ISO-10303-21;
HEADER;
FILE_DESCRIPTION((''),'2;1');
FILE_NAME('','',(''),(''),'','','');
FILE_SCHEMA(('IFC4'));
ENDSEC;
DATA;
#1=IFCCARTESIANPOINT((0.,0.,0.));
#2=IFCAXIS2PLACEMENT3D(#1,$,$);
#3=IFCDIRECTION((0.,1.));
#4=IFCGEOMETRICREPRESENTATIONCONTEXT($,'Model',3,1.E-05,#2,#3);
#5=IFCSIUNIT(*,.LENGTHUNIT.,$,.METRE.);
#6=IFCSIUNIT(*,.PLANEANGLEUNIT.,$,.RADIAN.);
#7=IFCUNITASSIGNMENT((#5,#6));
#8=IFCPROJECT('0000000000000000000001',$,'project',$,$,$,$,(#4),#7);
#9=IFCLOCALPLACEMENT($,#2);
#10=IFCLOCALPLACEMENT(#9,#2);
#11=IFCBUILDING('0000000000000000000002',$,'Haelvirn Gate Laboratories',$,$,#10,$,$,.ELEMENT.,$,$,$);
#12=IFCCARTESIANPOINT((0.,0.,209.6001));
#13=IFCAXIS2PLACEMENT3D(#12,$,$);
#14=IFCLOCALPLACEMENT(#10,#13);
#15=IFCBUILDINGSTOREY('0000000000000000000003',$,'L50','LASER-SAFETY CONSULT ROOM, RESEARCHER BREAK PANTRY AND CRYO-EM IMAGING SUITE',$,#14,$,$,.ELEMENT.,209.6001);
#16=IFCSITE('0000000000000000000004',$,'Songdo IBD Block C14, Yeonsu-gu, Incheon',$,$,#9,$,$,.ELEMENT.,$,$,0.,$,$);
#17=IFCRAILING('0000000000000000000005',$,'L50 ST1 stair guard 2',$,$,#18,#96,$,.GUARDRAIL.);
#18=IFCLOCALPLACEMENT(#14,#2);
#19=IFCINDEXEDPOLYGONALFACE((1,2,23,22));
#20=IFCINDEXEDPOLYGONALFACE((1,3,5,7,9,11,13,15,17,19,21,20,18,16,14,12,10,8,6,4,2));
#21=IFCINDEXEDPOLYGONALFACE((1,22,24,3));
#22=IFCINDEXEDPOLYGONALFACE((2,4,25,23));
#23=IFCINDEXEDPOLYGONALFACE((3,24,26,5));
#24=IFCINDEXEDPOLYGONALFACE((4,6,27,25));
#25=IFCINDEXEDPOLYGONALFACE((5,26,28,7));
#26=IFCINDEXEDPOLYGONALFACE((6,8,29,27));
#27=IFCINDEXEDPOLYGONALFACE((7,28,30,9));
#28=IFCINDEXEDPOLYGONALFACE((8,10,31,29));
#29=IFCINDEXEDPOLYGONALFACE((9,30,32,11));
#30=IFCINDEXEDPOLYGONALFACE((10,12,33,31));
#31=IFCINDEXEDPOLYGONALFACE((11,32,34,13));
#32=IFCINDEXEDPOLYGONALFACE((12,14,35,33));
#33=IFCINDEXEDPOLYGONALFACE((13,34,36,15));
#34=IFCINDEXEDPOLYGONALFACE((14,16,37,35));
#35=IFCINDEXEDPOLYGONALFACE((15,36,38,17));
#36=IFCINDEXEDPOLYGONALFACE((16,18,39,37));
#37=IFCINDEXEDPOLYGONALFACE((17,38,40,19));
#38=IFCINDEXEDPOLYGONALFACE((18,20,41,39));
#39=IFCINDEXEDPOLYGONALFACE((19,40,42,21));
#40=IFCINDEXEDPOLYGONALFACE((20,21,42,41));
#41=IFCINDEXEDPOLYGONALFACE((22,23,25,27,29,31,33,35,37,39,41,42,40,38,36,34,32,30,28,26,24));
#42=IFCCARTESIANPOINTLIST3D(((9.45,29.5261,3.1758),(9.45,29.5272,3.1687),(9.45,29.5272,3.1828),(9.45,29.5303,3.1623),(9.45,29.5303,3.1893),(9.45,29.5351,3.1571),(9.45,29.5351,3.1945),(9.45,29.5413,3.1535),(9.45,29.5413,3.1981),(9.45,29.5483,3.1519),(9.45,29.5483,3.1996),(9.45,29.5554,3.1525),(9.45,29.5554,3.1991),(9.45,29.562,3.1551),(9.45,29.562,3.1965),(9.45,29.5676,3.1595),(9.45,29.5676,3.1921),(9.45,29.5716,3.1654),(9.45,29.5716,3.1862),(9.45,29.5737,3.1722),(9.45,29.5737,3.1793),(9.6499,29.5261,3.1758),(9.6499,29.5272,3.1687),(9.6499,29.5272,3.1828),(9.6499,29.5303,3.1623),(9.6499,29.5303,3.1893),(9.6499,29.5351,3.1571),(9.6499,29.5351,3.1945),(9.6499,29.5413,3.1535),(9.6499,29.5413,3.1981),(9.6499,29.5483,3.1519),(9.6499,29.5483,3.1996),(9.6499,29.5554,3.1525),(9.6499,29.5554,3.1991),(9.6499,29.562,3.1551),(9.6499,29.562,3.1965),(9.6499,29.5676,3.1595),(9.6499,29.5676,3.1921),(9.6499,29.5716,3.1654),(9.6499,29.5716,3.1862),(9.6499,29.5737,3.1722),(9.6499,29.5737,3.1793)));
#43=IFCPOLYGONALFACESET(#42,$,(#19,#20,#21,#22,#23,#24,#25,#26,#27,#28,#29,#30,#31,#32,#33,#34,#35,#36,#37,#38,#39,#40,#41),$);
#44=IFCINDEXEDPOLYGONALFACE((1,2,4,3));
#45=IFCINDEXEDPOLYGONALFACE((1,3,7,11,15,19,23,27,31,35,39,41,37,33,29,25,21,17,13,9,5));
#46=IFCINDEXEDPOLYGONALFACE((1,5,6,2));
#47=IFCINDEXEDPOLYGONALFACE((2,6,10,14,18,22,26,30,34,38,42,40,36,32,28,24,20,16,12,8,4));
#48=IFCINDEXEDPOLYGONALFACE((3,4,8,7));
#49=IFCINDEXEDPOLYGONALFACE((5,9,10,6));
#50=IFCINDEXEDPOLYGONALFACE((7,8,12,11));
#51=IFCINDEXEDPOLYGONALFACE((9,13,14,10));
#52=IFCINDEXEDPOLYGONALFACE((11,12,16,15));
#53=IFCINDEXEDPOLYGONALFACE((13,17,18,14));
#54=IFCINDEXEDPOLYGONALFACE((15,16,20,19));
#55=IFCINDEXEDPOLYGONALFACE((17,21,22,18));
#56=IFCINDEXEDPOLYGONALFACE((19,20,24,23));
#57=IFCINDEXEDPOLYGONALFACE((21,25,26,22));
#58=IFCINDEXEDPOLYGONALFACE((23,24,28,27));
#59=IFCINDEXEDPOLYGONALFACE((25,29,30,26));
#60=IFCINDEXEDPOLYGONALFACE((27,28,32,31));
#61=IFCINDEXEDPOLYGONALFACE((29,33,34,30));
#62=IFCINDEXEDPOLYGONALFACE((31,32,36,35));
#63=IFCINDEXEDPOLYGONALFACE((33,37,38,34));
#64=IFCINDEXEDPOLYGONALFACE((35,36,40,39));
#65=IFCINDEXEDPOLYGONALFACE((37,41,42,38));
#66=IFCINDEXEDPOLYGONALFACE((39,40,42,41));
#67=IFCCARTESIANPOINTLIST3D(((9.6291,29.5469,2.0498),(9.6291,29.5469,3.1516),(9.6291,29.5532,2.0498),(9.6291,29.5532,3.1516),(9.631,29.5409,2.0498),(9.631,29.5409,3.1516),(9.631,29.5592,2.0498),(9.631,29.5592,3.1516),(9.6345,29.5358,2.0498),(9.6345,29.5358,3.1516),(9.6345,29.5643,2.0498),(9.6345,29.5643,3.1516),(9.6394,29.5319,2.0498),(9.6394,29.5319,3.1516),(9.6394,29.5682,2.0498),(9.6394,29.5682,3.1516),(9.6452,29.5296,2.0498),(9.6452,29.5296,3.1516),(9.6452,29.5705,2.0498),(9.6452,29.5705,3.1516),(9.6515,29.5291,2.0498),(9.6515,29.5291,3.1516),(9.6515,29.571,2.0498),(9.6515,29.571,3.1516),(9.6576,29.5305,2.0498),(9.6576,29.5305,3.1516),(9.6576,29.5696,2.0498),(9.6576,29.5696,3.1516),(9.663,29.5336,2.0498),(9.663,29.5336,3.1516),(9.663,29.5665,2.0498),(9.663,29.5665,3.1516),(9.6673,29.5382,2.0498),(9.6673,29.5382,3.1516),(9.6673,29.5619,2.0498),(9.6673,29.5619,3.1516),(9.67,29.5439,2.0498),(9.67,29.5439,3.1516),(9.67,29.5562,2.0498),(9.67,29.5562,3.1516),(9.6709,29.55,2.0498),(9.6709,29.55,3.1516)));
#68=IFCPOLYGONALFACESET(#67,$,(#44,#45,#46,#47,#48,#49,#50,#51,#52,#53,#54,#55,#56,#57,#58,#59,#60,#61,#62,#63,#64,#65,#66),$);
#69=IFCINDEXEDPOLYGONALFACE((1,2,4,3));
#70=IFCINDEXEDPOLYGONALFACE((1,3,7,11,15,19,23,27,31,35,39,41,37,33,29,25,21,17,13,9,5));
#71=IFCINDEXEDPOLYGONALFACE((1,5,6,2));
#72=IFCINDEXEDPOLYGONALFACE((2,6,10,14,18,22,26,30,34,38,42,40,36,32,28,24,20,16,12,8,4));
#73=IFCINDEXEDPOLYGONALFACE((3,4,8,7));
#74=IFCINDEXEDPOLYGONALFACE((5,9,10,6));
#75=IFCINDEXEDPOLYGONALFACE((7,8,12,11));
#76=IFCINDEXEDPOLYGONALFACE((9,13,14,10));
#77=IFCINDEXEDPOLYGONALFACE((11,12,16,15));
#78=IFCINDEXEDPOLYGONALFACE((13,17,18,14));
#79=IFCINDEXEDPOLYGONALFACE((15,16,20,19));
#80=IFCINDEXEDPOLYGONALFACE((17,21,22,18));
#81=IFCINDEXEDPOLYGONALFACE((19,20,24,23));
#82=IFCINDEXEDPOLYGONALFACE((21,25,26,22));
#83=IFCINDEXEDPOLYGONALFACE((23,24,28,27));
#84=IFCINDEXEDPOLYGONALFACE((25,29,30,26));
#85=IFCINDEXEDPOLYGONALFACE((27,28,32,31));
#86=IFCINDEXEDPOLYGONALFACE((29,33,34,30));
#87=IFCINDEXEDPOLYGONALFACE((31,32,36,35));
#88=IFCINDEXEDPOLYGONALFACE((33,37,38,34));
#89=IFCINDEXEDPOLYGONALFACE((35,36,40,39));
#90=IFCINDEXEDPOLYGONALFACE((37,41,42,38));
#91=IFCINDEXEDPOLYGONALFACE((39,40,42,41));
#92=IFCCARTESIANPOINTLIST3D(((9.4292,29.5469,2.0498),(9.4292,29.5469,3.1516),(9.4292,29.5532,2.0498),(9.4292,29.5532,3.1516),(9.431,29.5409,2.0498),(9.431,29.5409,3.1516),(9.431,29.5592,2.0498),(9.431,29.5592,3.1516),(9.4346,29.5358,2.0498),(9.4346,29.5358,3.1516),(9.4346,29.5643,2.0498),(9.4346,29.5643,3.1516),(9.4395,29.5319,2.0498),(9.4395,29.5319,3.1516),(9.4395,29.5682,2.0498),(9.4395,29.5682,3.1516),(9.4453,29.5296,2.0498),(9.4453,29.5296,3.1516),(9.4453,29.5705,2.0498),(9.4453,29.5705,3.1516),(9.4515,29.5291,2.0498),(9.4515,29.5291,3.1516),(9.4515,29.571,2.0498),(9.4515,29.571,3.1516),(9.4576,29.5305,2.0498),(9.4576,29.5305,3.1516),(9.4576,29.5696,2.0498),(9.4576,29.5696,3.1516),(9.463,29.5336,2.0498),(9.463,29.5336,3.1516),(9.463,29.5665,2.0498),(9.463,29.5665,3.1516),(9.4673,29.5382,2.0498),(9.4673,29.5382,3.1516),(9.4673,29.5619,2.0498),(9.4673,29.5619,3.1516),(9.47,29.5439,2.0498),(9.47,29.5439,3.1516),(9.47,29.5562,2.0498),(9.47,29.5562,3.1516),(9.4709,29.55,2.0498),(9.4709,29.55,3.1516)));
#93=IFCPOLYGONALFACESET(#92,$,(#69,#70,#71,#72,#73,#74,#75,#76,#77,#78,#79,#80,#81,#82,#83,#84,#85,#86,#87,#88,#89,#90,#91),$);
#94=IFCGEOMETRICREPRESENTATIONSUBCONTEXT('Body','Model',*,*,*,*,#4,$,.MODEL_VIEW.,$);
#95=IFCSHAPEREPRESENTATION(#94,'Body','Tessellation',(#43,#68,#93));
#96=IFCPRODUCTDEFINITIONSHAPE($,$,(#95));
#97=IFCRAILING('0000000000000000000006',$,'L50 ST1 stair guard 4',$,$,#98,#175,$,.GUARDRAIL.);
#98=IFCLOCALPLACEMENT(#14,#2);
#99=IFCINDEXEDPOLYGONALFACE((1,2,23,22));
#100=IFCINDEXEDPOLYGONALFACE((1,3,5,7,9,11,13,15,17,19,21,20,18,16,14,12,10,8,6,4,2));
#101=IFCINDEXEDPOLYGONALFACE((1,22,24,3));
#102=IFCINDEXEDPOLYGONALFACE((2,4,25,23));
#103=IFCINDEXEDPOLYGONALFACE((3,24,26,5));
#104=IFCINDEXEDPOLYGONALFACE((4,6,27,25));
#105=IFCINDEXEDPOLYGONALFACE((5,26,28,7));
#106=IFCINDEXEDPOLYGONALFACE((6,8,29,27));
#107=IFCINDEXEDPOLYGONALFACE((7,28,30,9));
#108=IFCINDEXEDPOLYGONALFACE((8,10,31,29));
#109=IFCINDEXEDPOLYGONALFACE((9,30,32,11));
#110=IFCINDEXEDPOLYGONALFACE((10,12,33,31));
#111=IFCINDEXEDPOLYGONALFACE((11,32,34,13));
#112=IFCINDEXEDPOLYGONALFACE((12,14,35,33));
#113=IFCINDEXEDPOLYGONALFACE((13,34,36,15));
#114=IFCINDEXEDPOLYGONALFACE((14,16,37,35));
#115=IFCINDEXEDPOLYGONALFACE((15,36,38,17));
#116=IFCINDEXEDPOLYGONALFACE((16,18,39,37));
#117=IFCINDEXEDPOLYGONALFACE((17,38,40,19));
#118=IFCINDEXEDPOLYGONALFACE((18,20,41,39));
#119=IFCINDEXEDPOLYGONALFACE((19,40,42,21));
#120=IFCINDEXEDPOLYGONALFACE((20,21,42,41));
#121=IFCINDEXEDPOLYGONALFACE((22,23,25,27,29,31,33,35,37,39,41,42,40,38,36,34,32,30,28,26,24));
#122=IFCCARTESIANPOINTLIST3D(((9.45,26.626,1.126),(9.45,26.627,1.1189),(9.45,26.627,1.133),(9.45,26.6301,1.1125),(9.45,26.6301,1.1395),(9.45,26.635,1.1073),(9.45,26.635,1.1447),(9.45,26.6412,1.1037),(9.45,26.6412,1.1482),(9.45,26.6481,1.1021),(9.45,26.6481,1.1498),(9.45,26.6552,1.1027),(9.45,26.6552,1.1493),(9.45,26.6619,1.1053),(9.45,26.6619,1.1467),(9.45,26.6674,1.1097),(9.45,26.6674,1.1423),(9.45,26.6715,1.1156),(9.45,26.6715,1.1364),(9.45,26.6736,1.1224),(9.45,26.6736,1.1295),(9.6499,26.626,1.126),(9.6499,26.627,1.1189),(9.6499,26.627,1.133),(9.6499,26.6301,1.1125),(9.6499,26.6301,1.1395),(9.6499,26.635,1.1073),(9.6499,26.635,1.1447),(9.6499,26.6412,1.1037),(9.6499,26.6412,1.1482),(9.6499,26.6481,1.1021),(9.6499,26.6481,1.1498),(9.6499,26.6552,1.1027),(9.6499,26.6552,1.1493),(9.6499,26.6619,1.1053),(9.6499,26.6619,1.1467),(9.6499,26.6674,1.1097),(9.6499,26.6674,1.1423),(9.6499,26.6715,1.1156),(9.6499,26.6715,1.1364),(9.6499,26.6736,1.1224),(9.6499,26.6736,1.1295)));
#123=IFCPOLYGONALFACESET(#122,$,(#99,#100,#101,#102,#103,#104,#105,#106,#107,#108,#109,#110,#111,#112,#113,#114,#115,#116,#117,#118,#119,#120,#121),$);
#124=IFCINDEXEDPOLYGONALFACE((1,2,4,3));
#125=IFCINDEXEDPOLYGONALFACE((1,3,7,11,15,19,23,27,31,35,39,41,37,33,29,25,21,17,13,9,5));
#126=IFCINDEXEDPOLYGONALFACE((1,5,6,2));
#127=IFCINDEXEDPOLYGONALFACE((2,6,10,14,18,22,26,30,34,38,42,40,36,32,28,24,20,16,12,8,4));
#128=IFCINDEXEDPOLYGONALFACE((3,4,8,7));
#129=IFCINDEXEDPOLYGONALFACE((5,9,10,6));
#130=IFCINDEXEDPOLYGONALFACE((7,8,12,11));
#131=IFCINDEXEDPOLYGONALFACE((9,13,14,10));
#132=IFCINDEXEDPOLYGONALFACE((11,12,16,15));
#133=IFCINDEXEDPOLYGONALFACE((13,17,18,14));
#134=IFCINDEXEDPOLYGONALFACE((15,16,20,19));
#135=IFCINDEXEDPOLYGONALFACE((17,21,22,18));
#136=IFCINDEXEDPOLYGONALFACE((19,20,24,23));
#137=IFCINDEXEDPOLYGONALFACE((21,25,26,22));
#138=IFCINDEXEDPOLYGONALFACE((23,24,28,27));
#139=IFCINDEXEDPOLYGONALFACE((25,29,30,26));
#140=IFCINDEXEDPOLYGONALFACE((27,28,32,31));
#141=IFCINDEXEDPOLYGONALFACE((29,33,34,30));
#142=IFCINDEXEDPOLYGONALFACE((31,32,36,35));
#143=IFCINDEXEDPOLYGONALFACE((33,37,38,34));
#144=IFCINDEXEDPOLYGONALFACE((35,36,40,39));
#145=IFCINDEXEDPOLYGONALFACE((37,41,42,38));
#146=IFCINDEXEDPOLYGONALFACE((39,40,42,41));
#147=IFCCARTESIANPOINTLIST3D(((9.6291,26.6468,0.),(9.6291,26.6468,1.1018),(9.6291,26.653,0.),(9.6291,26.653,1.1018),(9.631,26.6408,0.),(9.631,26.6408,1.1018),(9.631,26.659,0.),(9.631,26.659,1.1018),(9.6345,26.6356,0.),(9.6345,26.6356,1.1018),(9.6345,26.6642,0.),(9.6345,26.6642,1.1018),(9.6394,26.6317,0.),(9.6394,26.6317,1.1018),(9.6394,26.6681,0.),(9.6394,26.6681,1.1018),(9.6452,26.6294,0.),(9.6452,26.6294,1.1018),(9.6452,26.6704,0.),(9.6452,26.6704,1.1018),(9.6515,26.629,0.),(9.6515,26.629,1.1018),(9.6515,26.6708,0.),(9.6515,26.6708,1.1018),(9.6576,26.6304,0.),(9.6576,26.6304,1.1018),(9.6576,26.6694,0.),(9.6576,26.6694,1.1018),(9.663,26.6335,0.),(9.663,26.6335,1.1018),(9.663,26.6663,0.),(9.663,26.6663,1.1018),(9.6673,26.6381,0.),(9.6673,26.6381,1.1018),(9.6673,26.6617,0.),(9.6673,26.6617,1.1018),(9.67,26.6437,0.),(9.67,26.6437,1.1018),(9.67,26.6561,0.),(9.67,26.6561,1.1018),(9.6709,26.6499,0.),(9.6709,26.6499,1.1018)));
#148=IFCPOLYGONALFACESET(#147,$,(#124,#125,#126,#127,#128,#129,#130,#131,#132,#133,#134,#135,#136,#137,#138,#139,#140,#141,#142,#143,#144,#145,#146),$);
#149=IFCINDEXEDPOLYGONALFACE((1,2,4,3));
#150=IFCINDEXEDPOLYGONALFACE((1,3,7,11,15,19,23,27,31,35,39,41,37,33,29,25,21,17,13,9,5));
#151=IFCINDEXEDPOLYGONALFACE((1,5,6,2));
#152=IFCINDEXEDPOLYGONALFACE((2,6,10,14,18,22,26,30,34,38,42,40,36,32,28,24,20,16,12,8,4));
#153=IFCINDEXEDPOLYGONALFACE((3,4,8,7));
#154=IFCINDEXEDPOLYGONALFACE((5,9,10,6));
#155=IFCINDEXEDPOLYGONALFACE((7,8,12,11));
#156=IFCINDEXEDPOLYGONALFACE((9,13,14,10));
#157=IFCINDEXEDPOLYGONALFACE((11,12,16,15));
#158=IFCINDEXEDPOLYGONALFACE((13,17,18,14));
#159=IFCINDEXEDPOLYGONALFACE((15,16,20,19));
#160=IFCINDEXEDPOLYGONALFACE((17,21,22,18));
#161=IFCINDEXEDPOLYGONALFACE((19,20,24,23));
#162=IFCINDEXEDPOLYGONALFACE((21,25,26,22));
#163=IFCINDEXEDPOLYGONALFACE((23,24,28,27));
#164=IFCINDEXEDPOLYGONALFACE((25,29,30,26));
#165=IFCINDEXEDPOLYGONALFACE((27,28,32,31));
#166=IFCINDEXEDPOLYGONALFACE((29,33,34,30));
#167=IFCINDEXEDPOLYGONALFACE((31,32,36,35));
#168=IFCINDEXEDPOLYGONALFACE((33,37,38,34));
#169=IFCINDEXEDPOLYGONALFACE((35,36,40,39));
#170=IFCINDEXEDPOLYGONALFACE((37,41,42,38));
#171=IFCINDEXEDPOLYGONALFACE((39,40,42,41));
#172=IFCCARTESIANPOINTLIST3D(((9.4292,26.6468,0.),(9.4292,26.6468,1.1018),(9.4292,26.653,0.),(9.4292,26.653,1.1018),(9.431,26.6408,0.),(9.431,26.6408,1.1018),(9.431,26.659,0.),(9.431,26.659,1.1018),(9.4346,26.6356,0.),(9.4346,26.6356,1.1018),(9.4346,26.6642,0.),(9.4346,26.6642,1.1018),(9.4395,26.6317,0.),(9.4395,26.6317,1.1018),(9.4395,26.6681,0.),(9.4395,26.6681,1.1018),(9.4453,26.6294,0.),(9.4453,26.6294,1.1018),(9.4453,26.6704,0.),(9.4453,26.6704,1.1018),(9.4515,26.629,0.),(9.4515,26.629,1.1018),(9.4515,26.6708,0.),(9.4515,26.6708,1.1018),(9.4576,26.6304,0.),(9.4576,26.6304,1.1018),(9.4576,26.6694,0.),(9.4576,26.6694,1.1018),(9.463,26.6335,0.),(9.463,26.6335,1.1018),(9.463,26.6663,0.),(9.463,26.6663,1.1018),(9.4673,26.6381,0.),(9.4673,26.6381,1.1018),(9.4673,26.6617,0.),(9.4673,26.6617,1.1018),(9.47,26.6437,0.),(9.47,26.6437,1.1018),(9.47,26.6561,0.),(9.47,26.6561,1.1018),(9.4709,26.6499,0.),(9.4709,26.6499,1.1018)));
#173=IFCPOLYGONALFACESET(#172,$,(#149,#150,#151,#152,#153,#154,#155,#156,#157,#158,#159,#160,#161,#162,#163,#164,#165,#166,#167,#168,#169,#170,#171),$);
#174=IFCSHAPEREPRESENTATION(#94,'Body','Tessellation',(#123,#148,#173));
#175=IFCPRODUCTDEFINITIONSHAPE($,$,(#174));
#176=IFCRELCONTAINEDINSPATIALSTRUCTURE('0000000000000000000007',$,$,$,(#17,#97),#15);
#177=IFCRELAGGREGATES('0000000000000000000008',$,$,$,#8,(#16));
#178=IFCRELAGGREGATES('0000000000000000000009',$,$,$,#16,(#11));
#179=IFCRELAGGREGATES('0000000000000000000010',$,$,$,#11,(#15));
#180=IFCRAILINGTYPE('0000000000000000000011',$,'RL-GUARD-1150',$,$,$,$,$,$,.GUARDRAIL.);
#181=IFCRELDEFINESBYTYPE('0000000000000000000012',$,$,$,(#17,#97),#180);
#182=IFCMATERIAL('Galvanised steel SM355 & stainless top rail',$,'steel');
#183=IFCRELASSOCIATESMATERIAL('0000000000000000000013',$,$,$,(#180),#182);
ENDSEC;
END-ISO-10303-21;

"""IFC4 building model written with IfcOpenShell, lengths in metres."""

from ifc_helpers import new_model, si_unit, direction, frame, origin, origin_2d, place, context, subcontext, project, spatial, circle, extrude, source, transform, mapped, material, type_object, element, save


model = new_model("IFC4")

# Units and contexts
model_context = context("Model", 3, precision=1e-05, world=origin(), true_north=direction((0.0, 1.0)))
body_context = subcontext(model_context, "Body", "Model", "MODEL_VIEW")
ifc_project = project(units=[si_unit("LENGTHUNIT", "METRE"), si_unit("PLANEANGLEUNIT", "RADIAN")], contexts=[model_context])

# Site, building, storey
site_placement = place(None, origin())
site = spatial("IfcSite", under=ifc_project, at=site_placement, Name="Songdo IBD Block C14, Yeonsu-gu, Incheon", CompositionType="ELEMENT", RefElevation=0.0)
building_placement = place(site_placement, origin())
building = spatial("IfcBuilding", under=site, at=building_placement, Name="Haelvirn Gate Laboratories", CompositionType="ELEMENT")
storey_placement = place(building_placement, frame((0.0, 0.0, 209.6001)))
storey = spatial("IfcBuildingStorey", under=building, at=storey_placement, Name="L50", Description="LASER-SAFETY CONSULT ROOM, RESEARCHER BREAK PANTRY AND CRYO-EM IMAGING SUITE", CompositionType="ELEMENT", Elevation=209.6001)

# Railings
ifc_material_1 = material(Name="Galvanised steel SM355 & stainless top rail", Category="steel")
railing_type_1 = type_object("IfcRailingType", Name="RL-GUARD-1150", PredefinedType="GUARDRAIL", material=ifc_material_1)
shared_shape_1 = source(origin(), body_context, "Body", "SweptSolid", [
    extrude(circle(Radius=0.0239, at=origin_2d()), frame((0.0, 0.0, 1.126), z_axis=(-1.0, 0.0, 0.0), x_axis=(0.0, -1.0, 0.0)), (0.0, 0.0, 1.0), 0.2),
    extrude(circle(Radius=0.021, at=origin_2d()), origin(), (0.0, 0.0, 1.0), 1.1018),
    extrude(circle(Radius=0.021, at=origin_2d()), frame((-0.2, 0.0, 0.0)), (0.0, 0.0, 1.0), 1.1018),
])
for number, where, name in (
    (1, (9.6499, 29.55, 2.0498), "L50 ST1 stair guard 2"),
    (2, (9.6499, 26.6499, 0.0), "L50 ST1 stair guard 4"),
):
    element("IfcRailing", number, at=place(storey_placement, frame(where)), inside=storey, type_object=railing_type_1, Name=name, PredefinedType="GUARDRAIL", context=body_context, shape_type="MappedRepresentation", body=[
        mapped(shared_shape_1, transform((0.0, 0.0, 0.0), scale=1.0)),
    ])

save(model, "model.ifc")
